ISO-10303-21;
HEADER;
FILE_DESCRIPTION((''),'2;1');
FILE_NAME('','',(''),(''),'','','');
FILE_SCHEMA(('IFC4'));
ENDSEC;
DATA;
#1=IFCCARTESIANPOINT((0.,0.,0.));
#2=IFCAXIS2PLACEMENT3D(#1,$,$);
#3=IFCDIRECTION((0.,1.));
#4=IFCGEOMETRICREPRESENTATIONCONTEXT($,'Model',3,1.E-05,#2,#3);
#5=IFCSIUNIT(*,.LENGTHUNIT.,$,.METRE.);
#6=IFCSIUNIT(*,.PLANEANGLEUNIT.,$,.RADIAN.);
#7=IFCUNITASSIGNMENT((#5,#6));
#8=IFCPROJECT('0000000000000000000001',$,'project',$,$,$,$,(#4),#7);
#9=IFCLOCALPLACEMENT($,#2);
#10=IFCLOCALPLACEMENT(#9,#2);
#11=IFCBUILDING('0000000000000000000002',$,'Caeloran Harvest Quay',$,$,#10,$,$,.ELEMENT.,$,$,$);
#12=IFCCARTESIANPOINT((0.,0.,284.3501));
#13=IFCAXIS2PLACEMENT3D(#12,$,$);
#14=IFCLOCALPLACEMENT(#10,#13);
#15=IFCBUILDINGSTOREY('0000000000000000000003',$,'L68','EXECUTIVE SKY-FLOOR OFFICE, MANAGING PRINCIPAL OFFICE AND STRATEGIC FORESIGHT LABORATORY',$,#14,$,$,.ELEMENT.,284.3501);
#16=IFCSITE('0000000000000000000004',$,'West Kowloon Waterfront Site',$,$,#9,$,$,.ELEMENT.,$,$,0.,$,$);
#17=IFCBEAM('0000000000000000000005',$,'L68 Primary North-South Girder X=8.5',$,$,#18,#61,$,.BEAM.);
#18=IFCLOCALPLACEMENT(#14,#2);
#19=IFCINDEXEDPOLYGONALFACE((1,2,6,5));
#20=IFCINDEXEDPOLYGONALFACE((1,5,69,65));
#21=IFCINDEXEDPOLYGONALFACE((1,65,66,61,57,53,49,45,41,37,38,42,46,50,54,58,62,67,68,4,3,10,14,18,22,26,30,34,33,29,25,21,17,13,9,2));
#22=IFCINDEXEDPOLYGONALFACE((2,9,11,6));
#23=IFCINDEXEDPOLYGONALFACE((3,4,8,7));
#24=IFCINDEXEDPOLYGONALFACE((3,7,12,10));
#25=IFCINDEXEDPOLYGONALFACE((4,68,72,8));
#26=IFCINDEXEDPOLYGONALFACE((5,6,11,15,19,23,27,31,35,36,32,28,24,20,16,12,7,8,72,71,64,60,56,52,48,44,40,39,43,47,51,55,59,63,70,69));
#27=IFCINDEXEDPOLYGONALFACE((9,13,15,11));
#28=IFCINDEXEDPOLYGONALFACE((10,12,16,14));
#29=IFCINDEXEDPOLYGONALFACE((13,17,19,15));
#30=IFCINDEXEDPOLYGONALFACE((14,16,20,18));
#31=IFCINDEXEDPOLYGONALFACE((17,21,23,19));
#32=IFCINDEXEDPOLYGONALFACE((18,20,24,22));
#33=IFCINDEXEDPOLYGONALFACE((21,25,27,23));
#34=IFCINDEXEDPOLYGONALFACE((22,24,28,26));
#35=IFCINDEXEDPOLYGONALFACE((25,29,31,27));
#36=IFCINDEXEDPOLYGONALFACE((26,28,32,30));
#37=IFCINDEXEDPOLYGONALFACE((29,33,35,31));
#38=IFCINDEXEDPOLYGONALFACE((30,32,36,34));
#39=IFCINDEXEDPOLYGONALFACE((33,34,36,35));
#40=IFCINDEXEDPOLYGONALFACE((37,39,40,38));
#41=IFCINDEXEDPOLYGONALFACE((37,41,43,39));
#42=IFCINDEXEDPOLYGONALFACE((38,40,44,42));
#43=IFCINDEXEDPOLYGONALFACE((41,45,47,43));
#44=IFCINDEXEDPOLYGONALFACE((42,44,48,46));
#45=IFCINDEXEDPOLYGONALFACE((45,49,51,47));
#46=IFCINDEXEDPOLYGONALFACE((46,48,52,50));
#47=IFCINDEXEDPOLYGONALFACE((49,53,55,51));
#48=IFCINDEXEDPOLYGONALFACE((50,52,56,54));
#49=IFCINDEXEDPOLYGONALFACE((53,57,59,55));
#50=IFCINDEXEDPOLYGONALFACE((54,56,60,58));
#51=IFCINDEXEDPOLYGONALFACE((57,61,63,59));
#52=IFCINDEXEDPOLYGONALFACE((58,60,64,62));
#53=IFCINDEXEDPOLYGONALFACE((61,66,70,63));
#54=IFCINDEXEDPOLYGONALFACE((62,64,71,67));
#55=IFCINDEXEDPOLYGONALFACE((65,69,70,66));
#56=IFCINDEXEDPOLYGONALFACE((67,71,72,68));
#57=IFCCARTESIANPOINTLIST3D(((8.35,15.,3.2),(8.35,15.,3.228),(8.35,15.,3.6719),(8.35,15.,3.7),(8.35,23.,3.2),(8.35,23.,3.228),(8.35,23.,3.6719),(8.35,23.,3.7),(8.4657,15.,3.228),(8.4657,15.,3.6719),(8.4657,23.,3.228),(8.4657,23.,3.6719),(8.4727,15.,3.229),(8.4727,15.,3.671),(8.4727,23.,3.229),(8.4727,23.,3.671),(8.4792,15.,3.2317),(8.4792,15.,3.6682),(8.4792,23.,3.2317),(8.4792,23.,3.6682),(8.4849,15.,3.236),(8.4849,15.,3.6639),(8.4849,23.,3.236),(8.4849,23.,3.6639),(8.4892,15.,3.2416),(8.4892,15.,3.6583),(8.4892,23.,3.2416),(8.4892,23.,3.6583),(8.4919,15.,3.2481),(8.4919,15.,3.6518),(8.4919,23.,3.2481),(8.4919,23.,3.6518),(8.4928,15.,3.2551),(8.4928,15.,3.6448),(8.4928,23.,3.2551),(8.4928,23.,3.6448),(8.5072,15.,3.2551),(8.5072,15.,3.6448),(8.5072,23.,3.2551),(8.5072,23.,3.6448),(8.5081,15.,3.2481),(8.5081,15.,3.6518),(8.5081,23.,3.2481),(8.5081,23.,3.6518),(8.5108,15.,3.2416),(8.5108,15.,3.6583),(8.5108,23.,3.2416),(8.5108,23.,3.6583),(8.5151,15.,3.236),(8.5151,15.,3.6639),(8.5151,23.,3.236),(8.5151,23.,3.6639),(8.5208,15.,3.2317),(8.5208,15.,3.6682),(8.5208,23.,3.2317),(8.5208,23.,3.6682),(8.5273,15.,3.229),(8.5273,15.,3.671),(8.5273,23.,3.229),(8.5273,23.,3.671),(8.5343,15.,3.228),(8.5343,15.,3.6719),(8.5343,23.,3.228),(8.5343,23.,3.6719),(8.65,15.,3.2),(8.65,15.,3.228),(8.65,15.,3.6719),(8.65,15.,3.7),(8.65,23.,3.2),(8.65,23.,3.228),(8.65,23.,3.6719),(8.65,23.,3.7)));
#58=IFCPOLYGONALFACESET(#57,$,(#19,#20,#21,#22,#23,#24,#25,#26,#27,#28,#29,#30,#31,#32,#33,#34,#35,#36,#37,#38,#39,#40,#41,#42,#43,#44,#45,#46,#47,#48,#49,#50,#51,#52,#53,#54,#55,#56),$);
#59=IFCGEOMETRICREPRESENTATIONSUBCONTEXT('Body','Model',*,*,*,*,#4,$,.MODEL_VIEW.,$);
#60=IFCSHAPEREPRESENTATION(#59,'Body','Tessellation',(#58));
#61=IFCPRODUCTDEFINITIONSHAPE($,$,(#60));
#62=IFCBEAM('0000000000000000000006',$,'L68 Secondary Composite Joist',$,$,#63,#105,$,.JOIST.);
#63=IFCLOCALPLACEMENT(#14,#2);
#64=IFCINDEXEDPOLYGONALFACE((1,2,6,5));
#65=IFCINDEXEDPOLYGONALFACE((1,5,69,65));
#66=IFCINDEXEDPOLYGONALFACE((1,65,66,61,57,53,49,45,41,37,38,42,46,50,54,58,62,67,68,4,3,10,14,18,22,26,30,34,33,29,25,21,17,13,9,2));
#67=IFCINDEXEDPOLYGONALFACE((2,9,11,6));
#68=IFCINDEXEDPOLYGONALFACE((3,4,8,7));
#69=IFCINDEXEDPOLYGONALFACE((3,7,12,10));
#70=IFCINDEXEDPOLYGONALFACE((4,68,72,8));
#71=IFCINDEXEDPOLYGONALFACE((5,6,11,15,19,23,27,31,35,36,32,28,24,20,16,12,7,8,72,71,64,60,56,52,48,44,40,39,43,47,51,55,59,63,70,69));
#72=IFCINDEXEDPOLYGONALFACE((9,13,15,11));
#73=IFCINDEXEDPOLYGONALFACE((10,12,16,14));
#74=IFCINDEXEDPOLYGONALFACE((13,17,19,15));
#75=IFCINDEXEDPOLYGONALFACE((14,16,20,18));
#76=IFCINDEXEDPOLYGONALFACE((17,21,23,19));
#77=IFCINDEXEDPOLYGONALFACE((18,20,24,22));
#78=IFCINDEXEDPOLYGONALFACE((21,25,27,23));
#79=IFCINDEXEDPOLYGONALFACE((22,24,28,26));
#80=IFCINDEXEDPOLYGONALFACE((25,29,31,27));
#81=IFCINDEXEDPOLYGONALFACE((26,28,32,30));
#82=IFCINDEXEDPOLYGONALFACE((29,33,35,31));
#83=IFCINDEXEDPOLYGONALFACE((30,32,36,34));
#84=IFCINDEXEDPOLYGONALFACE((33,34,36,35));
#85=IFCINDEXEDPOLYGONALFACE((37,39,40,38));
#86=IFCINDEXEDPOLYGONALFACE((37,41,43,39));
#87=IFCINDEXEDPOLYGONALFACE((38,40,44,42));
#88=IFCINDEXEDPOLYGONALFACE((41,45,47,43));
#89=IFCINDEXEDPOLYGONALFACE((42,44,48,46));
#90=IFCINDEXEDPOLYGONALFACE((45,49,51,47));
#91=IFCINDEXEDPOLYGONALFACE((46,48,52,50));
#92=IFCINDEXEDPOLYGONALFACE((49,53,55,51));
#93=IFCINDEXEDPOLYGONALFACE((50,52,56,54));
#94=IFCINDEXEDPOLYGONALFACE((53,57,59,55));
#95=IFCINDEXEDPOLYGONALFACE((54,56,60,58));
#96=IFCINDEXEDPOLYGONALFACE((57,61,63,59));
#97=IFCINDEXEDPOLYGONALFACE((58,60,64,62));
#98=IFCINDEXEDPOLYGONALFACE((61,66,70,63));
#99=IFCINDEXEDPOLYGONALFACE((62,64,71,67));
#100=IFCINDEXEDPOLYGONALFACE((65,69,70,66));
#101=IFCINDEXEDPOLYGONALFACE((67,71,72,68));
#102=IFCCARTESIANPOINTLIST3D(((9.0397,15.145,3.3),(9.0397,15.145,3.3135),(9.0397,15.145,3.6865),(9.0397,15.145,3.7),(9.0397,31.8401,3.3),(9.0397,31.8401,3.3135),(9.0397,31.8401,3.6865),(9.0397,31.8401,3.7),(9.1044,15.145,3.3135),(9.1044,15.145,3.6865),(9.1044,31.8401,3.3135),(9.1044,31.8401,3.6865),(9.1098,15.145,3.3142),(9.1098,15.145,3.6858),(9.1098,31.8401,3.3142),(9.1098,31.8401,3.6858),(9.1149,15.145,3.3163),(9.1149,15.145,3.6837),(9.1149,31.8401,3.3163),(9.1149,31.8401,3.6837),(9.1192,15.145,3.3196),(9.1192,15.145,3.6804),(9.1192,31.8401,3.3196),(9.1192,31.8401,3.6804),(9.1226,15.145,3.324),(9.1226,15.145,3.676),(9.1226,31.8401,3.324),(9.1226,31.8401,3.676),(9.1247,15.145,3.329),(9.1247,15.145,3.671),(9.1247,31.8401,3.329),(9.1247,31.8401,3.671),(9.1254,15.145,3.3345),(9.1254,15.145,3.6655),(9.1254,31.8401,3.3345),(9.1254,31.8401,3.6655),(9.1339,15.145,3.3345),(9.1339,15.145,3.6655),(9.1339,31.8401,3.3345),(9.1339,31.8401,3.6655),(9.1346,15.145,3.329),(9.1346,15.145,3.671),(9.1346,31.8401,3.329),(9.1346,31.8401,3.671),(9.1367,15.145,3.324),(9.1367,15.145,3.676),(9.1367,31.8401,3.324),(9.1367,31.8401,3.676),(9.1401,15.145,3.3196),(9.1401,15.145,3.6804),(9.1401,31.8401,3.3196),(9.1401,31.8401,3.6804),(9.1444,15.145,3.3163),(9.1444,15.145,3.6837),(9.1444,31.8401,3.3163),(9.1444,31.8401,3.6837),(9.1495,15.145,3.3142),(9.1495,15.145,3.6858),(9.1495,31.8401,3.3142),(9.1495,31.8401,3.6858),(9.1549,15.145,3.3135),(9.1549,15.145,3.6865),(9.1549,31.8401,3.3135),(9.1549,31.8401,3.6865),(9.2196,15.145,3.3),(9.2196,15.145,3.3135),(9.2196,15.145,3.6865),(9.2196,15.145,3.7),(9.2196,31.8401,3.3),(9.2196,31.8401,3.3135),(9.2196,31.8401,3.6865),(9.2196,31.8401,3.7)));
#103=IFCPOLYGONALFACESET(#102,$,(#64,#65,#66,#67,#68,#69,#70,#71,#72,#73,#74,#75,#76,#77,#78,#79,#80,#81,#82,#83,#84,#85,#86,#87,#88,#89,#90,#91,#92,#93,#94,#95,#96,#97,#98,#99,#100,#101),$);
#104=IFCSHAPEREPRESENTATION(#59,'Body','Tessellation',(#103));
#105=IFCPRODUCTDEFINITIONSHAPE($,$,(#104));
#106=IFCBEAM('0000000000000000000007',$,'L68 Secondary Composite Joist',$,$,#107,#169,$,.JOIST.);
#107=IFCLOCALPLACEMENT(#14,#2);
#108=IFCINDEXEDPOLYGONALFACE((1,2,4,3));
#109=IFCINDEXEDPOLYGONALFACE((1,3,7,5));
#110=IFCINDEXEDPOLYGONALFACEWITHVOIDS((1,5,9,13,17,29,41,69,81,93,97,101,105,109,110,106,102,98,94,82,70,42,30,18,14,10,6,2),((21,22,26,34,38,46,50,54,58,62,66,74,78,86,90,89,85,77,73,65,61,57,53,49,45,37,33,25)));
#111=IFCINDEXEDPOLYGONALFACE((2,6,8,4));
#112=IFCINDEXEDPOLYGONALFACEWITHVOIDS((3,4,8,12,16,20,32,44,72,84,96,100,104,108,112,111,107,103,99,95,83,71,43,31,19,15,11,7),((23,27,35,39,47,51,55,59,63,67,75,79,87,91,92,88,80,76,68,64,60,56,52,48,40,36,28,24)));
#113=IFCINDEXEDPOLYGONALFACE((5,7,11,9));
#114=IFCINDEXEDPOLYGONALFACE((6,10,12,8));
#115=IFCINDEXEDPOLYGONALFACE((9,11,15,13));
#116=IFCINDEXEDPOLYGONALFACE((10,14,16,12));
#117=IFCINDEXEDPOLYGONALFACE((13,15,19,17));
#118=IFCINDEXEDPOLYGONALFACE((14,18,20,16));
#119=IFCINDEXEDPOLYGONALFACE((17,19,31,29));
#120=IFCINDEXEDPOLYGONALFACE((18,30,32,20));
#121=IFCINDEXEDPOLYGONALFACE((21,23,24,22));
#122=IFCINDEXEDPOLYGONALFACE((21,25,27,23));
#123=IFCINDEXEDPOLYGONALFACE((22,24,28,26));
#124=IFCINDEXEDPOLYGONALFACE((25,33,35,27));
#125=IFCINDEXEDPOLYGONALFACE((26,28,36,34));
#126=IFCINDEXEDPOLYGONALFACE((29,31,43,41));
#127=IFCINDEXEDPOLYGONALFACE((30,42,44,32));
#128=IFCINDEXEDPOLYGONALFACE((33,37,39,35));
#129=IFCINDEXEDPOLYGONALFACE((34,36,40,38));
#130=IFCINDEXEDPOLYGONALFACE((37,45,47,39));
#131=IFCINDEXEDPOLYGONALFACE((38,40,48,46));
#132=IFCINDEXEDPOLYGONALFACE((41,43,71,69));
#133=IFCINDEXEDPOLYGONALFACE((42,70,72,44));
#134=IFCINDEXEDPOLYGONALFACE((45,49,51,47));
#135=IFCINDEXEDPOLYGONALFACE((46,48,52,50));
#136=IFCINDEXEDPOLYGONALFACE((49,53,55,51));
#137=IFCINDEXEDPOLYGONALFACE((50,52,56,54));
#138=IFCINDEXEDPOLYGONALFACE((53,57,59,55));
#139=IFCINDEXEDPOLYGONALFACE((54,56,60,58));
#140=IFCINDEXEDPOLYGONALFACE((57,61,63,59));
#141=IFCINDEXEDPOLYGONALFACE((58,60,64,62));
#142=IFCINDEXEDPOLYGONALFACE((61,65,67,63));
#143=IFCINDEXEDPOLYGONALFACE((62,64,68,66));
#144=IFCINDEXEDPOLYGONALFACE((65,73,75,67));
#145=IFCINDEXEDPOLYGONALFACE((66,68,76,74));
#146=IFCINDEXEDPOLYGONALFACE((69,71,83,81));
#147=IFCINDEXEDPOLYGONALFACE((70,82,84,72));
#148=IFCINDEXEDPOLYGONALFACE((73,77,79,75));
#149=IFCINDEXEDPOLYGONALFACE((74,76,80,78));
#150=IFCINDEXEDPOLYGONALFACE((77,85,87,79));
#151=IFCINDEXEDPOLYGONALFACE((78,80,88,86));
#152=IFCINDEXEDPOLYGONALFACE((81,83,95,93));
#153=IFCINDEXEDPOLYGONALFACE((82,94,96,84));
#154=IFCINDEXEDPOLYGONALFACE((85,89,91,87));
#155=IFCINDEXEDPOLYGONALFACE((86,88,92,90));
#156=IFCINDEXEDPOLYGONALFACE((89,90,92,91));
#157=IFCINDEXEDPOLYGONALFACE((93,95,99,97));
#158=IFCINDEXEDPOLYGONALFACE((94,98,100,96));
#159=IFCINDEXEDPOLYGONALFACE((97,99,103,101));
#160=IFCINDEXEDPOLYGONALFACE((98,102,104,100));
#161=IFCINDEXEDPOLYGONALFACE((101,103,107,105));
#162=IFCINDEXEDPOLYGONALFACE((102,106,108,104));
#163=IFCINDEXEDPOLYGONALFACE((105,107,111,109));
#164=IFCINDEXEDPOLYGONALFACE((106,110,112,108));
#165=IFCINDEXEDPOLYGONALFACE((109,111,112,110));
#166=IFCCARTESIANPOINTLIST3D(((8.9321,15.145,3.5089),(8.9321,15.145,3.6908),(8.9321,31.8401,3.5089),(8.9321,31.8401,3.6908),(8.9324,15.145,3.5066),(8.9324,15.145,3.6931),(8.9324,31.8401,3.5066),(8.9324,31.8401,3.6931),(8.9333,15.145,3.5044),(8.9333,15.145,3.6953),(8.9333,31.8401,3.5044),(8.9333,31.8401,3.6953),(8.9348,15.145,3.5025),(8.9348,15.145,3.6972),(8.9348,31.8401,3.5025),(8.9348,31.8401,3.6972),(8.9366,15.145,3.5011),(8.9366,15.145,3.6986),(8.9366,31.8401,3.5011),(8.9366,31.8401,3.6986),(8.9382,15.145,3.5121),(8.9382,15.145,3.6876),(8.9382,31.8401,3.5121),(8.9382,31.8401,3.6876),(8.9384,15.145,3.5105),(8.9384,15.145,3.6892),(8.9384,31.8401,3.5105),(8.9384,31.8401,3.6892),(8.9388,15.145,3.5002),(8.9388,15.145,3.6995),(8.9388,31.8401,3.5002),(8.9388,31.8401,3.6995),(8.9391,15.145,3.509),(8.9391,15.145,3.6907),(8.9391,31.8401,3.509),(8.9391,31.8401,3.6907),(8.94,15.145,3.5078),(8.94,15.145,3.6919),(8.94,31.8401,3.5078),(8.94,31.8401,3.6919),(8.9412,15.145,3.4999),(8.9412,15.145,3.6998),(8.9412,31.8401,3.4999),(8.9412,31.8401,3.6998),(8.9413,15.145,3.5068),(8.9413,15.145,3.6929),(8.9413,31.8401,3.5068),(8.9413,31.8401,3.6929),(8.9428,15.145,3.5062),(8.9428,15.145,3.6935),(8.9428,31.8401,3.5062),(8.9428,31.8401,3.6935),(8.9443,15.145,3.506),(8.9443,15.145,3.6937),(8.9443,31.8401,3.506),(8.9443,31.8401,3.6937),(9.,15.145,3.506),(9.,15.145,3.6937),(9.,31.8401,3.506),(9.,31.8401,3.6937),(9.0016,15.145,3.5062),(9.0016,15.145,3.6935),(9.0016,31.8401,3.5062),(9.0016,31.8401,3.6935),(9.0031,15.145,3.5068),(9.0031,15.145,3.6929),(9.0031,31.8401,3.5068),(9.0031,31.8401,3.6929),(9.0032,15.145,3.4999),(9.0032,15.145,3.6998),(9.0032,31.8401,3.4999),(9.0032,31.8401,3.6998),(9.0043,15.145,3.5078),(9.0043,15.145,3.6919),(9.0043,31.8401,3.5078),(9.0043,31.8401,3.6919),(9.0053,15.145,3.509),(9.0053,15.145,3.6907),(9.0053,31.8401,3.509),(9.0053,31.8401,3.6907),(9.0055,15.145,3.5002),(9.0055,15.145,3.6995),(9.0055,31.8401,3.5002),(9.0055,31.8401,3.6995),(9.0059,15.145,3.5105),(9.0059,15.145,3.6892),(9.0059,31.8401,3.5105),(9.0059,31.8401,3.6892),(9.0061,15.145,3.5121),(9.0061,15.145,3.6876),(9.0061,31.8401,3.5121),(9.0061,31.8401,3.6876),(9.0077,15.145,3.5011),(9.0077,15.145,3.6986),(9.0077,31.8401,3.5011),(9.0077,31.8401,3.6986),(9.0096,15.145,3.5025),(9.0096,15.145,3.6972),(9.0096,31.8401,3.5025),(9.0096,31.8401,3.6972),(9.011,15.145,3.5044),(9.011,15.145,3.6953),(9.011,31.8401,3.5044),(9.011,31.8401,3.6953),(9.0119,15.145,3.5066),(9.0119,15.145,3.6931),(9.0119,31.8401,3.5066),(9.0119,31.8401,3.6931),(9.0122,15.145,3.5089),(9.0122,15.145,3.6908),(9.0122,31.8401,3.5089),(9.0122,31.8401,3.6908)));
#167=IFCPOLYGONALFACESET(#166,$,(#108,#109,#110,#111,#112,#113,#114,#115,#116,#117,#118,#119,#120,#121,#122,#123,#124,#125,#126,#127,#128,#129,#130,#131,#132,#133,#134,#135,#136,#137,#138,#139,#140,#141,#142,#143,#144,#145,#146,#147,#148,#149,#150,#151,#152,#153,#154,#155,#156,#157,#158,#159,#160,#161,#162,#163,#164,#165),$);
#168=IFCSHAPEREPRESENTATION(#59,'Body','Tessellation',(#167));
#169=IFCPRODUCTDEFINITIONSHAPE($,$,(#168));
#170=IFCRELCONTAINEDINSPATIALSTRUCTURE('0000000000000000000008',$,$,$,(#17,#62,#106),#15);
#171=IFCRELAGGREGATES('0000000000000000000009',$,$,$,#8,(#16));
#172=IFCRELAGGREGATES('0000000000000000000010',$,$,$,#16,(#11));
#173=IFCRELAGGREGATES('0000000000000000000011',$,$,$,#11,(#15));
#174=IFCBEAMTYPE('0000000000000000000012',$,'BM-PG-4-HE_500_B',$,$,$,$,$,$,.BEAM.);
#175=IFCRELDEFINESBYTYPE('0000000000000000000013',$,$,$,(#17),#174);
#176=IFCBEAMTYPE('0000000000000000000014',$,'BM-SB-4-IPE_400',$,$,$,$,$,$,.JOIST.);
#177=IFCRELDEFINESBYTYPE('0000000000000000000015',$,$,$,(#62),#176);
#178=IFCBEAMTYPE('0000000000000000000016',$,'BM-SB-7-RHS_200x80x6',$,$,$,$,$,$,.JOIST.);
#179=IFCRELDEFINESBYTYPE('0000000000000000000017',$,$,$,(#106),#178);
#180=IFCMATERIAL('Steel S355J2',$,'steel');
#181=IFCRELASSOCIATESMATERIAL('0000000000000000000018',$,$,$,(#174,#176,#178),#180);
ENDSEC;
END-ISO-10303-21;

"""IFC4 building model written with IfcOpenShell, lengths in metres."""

from ifc_helpers import new_model, si_unit, direction, frame, origin, origin_2d, place, context, subcontext, project, spatial, hollow_rectangle, i_section, extrude, material, material_profile, profile_set, type_object, element, save


model = new_model("IFC4")

# Units and contexts
model_context = context("Model", 3, precision=1e-05, world=origin(), true_north=direction((0.0, 1.0)))
body_context = subcontext(model_context, "Body", "Model", "MODEL_VIEW")
ifc_project = project(units=[si_unit("LENGTHUNIT", "METRE"), si_unit("PLANEANGLEUNIT", "RADIAN")], contexts=[model_context])

# Site, building, storey
site_placement = place(None, origin())
site = spatial("IfcSite", under=ifc_project, at=site_placement, Name="West Kowloon Waterfront Site", CompositionType="ELEMENT", RefElevation=0.0)
building_placement = place(site_placement, origin())
building = spatial("IfcBuilding", under=site, at=building_placement, Name="Caeloran Harvest Quay", CompositionType="ELEMENT")
storey_placement = place(building_placement, frame((0.0, 0.0, 284.3501)))
storey = spatial("IfcBuildingStorey", under=building, at=storey_placement, Name="L68", Description="EXECUTIVE SKY-FLOOR OFFICE, MANAGING PRINCIPAL OFFICE AND STRATEGIC FORESIGHT LABORATORY", CompositionType="ELEMENT", Elevation=284.3501)

# Beams
ifc_material_1 = material(Name="Steel S355J2", Category="steel")
ifc_material_profile_1 = material_profile(ifc_material_1, i_section(OverallWidth=0.3, OverallDepth=0.5, WebThickness=0.0144, FlangeThickness=0.0281, FilletRadius=0.0271, at=origin_2d()), Name="HE 500 B")
ifc_profile_set_1 = profile_set([ifc_material_profile_1], Name="Steel S355J2")
beam_type_1 = type_object("IfcBeamType", Name="BM-PG-4-HE_500_B", PredefinedType="BEAM", material=ifc_profile_set_1)
beam_1_placement = place(storey_placement, frame((8.5, 15.0, 3.45), z_axis=(0.0, 1.0, 0.0), x_axis=(-1.0, 0.0, 0.0)))
element("IfcBeam", 1, at=beam_1_placement, inside=storey, type_object=beam_type_1, Name="L68 Primary North-South Girder X=8.5", PredefinedType="BEAM", context=body_context, shape_type="SweptSolid", body=[
    extrude(i_section(OverallWidth=0.3, OverallDepth=0.5, WebThickness=0.0144, FlangeThickness=0.0281, FilletRadius=0.0271, at=origin_2d()), origin(), (0.0, 0.0, 1.0), 8.0),
])
ifc_material_profile_2 = material_profile(ifc_material_1, i_section(OverallWidth=0.1799, OverallDepth=0.3999, WebThickness=0.0085, FlangeThickness=0.0134, FilletRadius=0.021, at=origin_2d()), Name="IPE 400")
ifc_profile_set_2 = profile_set([ifc_material_profile_2], Name="Steel S355J2")
beam_type_2 = type_object("IfcBeamType", Name="BM-SB-4-IPE_400", PredefinedType="JOIST", material=ifc_profile_set_2)
beam_2_placement = place(storey_placement, frame((9.1296, 15.145, 3.5), z_axis=(0.0, 1.0, 0.0), x_axis=(-1.0, 0.0, 0.0)))
element("IfcBeam", 2, at=beam_2_placement, inside=storey, type_object=beam_type_2, Name="L68 Secondary Composite Joist", PredefinedType="JOIST", context=body_context, shape_type="SweptSolid", body=[
    extrude(i_section(OverallWidth=0.1799, OverallDepth=0.3999, WebThickness=0.0085, FlangeThickness=0.0134, FilletRadius=0.021, at=origin_2d()), origin(), (0.0, 0.0, 1.0), 16.6951),
])
ifc_material_profile_3 = material_profile(ifc_material_1, hollow_rectangle(XDim=0.0801, YDim=0.2, WallThickness=0.0061, InnerFilletRadius=0.0061, OuterFilletRadius=0.009, at=origin_2d()), Name="RHS 200x80x6")
ifc_profile_set_3 = profile_set([ifc_material_profile_3], Name="Steel S355J2")
beam_type_3 = type_object("IfcBeamType", Name="BM-SB-7-RHS_200x80x6", PredefinedType="JOIST", material=ifc_profile_set_3)
for number, where, z_axis, x_axis, name in (
    (3, (8.9722, 15.145, 3.5999), (0.0, 1.0, 0.0), (-1.0, 0.0, 0.0), "L68 Secondary Composite Joist"),
):
    element("IfcBeam", number, at=place(storey_placement, frame(where, z_axis=z_axis, x_axis=x_axis)), inside=storey, type_object=beam_type_3, Name=name, PredefinedType="JOIST", context=body_context, shape_type="SweptSolid", body=[
        extrude(hollow_rectangle(XDim=0.0801, YDim=0.2, WallThickness=0.0061, InnerFilletRadius=0.0061, OuterFilletRadius=0.009, at=origin_2d()), origin(), (0.0, 0.0, 1.0), 16.6951),
    ])

save(model, "model.ifc")
